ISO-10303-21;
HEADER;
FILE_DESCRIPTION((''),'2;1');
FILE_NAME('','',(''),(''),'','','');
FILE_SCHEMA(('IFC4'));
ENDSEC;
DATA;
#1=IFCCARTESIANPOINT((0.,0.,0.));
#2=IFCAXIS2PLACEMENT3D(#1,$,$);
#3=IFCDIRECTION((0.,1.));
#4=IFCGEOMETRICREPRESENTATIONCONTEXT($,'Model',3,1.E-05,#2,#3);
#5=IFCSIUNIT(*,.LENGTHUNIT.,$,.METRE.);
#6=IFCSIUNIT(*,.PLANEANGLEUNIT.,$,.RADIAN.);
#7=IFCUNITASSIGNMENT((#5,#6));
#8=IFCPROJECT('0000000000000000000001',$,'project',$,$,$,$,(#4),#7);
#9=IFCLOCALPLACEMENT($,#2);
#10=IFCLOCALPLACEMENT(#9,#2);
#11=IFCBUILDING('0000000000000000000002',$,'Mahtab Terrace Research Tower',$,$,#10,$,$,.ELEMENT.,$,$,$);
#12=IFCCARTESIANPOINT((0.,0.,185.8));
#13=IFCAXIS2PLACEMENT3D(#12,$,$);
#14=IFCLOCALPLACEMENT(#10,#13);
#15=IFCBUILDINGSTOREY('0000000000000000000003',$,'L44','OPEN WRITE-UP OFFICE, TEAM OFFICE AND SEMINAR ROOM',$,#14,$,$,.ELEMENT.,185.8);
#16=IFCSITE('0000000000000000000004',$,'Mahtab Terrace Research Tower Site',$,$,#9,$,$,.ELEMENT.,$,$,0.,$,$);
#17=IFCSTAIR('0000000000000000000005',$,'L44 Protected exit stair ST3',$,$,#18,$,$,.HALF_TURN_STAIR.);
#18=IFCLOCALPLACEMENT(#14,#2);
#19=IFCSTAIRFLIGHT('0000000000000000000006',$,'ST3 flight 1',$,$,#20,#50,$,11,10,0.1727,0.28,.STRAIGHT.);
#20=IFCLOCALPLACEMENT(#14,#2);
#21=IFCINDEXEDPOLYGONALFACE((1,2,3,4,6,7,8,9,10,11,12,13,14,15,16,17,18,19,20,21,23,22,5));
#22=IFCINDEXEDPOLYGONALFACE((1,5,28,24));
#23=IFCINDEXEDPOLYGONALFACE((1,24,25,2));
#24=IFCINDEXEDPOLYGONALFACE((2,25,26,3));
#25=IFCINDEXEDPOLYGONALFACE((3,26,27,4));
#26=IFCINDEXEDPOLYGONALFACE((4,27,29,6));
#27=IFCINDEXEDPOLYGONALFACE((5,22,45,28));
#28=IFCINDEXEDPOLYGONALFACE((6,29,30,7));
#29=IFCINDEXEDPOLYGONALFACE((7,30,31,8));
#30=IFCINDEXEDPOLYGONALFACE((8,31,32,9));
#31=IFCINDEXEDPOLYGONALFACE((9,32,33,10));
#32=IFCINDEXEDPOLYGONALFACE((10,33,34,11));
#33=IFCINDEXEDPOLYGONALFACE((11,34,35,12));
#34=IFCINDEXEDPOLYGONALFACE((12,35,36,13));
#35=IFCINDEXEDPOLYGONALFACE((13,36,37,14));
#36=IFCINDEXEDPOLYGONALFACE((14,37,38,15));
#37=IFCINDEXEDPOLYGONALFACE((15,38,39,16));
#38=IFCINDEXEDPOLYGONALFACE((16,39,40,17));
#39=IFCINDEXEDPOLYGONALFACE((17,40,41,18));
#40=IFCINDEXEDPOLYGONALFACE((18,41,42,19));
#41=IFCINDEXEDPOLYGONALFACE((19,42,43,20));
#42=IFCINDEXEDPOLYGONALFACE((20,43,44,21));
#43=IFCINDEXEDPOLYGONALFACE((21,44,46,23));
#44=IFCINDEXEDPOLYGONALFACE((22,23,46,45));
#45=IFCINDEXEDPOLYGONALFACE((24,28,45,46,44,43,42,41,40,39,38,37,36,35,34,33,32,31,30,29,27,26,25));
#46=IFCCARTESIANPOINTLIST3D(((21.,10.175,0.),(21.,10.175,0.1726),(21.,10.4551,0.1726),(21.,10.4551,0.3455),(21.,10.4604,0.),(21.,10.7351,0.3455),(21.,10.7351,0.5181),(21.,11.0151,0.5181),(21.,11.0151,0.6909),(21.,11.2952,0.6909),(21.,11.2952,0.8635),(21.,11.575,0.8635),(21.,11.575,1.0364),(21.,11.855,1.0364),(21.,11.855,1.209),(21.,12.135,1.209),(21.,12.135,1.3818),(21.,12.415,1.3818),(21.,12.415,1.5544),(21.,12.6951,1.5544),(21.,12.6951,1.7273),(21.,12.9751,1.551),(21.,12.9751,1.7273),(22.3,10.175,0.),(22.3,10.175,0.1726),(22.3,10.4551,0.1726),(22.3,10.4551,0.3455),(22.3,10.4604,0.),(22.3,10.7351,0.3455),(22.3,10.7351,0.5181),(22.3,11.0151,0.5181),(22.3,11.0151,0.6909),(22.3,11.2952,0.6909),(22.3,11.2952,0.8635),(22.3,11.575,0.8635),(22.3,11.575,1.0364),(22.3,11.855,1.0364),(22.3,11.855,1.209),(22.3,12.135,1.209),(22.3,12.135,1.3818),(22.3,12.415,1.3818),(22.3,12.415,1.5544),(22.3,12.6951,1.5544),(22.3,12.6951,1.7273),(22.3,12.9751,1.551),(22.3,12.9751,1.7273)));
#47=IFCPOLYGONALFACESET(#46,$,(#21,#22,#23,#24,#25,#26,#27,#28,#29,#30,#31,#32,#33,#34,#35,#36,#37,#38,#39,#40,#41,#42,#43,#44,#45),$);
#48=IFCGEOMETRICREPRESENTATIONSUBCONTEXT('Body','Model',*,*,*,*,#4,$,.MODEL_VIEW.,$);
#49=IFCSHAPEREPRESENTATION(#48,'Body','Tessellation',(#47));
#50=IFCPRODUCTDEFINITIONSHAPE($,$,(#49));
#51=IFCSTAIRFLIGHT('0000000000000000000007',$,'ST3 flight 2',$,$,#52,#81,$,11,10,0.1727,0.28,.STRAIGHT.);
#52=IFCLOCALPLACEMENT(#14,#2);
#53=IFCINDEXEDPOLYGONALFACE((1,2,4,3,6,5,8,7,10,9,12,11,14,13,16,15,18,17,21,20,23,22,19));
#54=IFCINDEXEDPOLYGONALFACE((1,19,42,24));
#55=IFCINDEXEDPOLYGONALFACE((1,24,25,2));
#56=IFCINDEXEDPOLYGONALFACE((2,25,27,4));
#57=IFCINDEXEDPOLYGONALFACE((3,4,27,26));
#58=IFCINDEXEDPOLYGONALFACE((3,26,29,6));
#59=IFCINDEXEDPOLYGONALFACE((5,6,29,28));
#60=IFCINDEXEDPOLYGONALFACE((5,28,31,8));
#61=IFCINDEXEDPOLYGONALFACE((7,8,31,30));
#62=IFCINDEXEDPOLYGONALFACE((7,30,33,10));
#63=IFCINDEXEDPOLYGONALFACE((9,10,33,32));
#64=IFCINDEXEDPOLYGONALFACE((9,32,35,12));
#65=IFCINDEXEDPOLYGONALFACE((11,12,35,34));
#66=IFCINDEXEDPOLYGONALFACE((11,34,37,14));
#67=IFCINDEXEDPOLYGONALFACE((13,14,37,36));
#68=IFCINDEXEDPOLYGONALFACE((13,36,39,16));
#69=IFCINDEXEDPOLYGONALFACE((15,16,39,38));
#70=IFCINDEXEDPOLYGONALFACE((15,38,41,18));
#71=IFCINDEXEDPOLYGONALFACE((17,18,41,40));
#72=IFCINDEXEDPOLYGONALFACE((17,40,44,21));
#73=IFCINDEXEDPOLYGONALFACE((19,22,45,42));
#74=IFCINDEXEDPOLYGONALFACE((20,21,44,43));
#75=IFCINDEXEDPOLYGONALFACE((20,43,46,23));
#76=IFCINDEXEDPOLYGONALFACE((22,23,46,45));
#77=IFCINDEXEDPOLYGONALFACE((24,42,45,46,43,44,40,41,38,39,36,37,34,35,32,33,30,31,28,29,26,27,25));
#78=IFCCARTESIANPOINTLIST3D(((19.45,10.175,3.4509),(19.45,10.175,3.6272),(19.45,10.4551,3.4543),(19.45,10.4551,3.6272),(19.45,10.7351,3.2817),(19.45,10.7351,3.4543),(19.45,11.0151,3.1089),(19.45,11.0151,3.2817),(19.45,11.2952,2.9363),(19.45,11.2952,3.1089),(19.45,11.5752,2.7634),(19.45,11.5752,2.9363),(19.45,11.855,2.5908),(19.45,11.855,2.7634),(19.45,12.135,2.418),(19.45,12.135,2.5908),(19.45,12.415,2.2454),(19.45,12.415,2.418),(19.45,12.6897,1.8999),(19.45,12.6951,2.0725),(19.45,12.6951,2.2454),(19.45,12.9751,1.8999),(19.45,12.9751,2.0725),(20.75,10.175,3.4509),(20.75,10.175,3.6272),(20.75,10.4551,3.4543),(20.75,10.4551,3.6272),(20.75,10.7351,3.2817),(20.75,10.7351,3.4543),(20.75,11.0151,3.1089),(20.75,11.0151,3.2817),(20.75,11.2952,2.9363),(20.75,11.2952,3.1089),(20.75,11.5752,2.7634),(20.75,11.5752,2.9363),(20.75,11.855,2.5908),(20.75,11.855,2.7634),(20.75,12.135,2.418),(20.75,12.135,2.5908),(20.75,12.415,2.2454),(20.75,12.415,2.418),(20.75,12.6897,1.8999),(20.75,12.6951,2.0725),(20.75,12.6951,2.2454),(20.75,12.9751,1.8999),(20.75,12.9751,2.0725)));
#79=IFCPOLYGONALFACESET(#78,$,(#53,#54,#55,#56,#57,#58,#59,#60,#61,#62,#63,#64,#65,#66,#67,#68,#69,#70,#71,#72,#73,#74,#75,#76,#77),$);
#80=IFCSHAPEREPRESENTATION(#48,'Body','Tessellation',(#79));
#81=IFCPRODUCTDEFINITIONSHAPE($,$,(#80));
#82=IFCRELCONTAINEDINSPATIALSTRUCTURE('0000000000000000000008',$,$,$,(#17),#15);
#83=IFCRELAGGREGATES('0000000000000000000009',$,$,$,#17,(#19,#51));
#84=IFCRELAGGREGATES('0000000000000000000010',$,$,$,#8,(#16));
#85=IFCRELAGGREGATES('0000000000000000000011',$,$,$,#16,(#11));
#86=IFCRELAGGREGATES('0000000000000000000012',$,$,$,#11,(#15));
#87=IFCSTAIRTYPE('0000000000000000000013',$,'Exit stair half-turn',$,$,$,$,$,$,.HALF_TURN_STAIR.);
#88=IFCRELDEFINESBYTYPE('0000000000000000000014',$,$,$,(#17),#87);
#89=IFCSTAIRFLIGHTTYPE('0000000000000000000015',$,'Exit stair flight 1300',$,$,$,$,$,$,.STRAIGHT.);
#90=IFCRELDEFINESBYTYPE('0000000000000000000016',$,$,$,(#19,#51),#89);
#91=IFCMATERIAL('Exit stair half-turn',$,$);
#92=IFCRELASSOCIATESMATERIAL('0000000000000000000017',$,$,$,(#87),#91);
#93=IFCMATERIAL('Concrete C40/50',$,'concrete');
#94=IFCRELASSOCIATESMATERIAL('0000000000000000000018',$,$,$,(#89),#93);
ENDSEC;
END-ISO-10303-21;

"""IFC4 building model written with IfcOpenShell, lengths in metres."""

from ifc_helpers import new_model, si_unit, direction, frame, origin, place, context, subcontext, project, spatial, polyline, outline, extrude, material, type_object, element, aggregate, save


model = new_model("IFC4")

# Units and contexts
model_context = context("Model", 3, precision=1e-05, world=origin(), true_north=direction((0.0, 1.0)))
body_context = subcontext(model_context, "Body", "Model", "MODEL_VIEW")
ifc_project = project(units=[si_unit("LENGTHUNIT", "METRE"), si_unit("PLANEANGLEUNIT", "RADIAN")], contexts=[model_context])

# Site, building, storey
site_placement = place(None, origin())
site = spatial("IfcSite", under=ifc_project, at=site_placement, Name="Mahtab Terrace Research Tower Site", CompositionType="ELEMENT", RefElevation=0.0)
building_placement = place(site_placement, origin())
building = spatial("IfcBuilding", under=site, at=building_placement, Name="Mahtab Terrace Research Tower", CompositionType="ELEMENT")
storey_placement = place(building_placement, frame((0.0, 0.0, 185.8)))
storey = spatial("IfcBuildingStorey", under=building, at=storey_placement, Name="L44", Description="OPEN WRITE-UP OFFICE, TEAM OFFICE AND SEMINAR ROOM", CompositionType="ELEMENT", Elevation=185.8)

# Stair, stair flights
ifc_material_1 = material(Name="Exit stair half-turn")
stair_type = type_object("IfcStairType", Name="Exit stair half-turn", PredefinedType="HALF_TURN_STAIR", material=ifc_material_1)
stair_placement = place(storey_placement, origin())
stair = element("IfcStair", 1, at=stair_placement, inside=storey, type_object=stair_type, Name="L44 Protected exit stair ST3", PredefinedType="HALF_TURN_STAIR")
ifc_material_2 = material(Name="Concrete C40/50", Category="concrete")
stair_flight_type = type_object("IfcStairFlightType", Name="Exit stair flight 1300", PredefinedType="STRAIGHT", material=ifc_material_2)
stair_flight_1_placement = place(storey_placement, frame((21.6499, 10.175, 0.0), z_axis=(0.0, 0.0, 1.0), x_axis=(0.0, 1.0, 0.0)))
stair_flight_1 = element("IfcStairFlight", 2, at=stair_flight_1_placement, type_object=stair_flight_type, Name="ST3 flight 1", NumberOfRisers=11, NumberOfTreads=10, PredefinedType="STRAIGHT", RiserHeight=0.1727, TreadLength=0.28, context=body_context, shape_type="SweptSolid", body=[
    extrude(outline(polyline([(0.0, 0.0), (0.0, 0.1726), (0.28, 0.1726), (0.28, 0.3455), (0.5601, 0.3455), (0.5601, 0.5181), (0.8401, 0.5181), (0.8401, 0.6909), (1.1201, 0.6909), (1.1201, 0.8635), (1.3999, 0.8635), (1.3999, 1.0364), (1.6799, 1.0364), (1.6799, 1.209), (1.96, 1.209), (1.96, 1.3818), (2.24, 1.3818), (2.24, 1.5544), (2.52, 1.5544), (2.52, 1.7273), (2.8, 1.7273), (2.8, 1.8999), (2.8, 1.551), (0.2854, 0.0), (0.0, 0.0)])), frame((0.0, 0.6499, 0.0), z_axis=(0.0, -1.0, 0.0), x_axis=(1.0, 0.0, 0.0)), (0.0, 0.0, 1.0), 1.3),
])
stair_flight_2_placement = place(storey_placement, frame((20.1001, 12.9751, 1.8999), z_axis=(0.0, 0.0, 1.0), x_axis=(0.0, -1.0, 0.0)))
stair_flight_2 = element("IfcStairFlight", 3, at=stair_flight_2_placement, type_object=stair_flight_type, Name="ST3 flight 2", NumberOfRisers=11, NumberOfTreads=10, PredefinedType="STRAIGHT", RiserHeight=0.1727, TreadLength=0.28, context=body_context, shape_type="SweptSolid", body=[
    extrude(outline(polyline([(0.0, 0.0), (0.0, 0.1726), (0.28, 0.1726), (0.28, 0.3455), (0.5601, 0.3455), (0.5601, 0.5181), (0.8401, 0.5181), (0.8401, 0.6909), (1.1201, 0.6909), (1.1201, 0.8635), (1.3999, 0.8635), (1.3999, 1.0364), (1.6799, 1.0364), (1.6799, 1.209), (1.96, 1.209), (1.96, 1.3818), (2.24, 1.3818), (2.24, 1.5544), (2.52, 1.5544), (2.52, 1.7273), (2.8, 1.7273), (2.8, 1.8999), (2.8, 1.551), (0.2854, 0.0), (0.0, 0.0)])), frame((0.0, 0.6499, 0.0), z_axis=(0.0, -1.0, 0.0), x_axis=(1.0, 0.0, 0.0)), (0.0, 0.0, 1.0), 1.3),
])
aggregate(stair, [stair_flight_1, stair_flight_2])

save(model, "model.ifc")
